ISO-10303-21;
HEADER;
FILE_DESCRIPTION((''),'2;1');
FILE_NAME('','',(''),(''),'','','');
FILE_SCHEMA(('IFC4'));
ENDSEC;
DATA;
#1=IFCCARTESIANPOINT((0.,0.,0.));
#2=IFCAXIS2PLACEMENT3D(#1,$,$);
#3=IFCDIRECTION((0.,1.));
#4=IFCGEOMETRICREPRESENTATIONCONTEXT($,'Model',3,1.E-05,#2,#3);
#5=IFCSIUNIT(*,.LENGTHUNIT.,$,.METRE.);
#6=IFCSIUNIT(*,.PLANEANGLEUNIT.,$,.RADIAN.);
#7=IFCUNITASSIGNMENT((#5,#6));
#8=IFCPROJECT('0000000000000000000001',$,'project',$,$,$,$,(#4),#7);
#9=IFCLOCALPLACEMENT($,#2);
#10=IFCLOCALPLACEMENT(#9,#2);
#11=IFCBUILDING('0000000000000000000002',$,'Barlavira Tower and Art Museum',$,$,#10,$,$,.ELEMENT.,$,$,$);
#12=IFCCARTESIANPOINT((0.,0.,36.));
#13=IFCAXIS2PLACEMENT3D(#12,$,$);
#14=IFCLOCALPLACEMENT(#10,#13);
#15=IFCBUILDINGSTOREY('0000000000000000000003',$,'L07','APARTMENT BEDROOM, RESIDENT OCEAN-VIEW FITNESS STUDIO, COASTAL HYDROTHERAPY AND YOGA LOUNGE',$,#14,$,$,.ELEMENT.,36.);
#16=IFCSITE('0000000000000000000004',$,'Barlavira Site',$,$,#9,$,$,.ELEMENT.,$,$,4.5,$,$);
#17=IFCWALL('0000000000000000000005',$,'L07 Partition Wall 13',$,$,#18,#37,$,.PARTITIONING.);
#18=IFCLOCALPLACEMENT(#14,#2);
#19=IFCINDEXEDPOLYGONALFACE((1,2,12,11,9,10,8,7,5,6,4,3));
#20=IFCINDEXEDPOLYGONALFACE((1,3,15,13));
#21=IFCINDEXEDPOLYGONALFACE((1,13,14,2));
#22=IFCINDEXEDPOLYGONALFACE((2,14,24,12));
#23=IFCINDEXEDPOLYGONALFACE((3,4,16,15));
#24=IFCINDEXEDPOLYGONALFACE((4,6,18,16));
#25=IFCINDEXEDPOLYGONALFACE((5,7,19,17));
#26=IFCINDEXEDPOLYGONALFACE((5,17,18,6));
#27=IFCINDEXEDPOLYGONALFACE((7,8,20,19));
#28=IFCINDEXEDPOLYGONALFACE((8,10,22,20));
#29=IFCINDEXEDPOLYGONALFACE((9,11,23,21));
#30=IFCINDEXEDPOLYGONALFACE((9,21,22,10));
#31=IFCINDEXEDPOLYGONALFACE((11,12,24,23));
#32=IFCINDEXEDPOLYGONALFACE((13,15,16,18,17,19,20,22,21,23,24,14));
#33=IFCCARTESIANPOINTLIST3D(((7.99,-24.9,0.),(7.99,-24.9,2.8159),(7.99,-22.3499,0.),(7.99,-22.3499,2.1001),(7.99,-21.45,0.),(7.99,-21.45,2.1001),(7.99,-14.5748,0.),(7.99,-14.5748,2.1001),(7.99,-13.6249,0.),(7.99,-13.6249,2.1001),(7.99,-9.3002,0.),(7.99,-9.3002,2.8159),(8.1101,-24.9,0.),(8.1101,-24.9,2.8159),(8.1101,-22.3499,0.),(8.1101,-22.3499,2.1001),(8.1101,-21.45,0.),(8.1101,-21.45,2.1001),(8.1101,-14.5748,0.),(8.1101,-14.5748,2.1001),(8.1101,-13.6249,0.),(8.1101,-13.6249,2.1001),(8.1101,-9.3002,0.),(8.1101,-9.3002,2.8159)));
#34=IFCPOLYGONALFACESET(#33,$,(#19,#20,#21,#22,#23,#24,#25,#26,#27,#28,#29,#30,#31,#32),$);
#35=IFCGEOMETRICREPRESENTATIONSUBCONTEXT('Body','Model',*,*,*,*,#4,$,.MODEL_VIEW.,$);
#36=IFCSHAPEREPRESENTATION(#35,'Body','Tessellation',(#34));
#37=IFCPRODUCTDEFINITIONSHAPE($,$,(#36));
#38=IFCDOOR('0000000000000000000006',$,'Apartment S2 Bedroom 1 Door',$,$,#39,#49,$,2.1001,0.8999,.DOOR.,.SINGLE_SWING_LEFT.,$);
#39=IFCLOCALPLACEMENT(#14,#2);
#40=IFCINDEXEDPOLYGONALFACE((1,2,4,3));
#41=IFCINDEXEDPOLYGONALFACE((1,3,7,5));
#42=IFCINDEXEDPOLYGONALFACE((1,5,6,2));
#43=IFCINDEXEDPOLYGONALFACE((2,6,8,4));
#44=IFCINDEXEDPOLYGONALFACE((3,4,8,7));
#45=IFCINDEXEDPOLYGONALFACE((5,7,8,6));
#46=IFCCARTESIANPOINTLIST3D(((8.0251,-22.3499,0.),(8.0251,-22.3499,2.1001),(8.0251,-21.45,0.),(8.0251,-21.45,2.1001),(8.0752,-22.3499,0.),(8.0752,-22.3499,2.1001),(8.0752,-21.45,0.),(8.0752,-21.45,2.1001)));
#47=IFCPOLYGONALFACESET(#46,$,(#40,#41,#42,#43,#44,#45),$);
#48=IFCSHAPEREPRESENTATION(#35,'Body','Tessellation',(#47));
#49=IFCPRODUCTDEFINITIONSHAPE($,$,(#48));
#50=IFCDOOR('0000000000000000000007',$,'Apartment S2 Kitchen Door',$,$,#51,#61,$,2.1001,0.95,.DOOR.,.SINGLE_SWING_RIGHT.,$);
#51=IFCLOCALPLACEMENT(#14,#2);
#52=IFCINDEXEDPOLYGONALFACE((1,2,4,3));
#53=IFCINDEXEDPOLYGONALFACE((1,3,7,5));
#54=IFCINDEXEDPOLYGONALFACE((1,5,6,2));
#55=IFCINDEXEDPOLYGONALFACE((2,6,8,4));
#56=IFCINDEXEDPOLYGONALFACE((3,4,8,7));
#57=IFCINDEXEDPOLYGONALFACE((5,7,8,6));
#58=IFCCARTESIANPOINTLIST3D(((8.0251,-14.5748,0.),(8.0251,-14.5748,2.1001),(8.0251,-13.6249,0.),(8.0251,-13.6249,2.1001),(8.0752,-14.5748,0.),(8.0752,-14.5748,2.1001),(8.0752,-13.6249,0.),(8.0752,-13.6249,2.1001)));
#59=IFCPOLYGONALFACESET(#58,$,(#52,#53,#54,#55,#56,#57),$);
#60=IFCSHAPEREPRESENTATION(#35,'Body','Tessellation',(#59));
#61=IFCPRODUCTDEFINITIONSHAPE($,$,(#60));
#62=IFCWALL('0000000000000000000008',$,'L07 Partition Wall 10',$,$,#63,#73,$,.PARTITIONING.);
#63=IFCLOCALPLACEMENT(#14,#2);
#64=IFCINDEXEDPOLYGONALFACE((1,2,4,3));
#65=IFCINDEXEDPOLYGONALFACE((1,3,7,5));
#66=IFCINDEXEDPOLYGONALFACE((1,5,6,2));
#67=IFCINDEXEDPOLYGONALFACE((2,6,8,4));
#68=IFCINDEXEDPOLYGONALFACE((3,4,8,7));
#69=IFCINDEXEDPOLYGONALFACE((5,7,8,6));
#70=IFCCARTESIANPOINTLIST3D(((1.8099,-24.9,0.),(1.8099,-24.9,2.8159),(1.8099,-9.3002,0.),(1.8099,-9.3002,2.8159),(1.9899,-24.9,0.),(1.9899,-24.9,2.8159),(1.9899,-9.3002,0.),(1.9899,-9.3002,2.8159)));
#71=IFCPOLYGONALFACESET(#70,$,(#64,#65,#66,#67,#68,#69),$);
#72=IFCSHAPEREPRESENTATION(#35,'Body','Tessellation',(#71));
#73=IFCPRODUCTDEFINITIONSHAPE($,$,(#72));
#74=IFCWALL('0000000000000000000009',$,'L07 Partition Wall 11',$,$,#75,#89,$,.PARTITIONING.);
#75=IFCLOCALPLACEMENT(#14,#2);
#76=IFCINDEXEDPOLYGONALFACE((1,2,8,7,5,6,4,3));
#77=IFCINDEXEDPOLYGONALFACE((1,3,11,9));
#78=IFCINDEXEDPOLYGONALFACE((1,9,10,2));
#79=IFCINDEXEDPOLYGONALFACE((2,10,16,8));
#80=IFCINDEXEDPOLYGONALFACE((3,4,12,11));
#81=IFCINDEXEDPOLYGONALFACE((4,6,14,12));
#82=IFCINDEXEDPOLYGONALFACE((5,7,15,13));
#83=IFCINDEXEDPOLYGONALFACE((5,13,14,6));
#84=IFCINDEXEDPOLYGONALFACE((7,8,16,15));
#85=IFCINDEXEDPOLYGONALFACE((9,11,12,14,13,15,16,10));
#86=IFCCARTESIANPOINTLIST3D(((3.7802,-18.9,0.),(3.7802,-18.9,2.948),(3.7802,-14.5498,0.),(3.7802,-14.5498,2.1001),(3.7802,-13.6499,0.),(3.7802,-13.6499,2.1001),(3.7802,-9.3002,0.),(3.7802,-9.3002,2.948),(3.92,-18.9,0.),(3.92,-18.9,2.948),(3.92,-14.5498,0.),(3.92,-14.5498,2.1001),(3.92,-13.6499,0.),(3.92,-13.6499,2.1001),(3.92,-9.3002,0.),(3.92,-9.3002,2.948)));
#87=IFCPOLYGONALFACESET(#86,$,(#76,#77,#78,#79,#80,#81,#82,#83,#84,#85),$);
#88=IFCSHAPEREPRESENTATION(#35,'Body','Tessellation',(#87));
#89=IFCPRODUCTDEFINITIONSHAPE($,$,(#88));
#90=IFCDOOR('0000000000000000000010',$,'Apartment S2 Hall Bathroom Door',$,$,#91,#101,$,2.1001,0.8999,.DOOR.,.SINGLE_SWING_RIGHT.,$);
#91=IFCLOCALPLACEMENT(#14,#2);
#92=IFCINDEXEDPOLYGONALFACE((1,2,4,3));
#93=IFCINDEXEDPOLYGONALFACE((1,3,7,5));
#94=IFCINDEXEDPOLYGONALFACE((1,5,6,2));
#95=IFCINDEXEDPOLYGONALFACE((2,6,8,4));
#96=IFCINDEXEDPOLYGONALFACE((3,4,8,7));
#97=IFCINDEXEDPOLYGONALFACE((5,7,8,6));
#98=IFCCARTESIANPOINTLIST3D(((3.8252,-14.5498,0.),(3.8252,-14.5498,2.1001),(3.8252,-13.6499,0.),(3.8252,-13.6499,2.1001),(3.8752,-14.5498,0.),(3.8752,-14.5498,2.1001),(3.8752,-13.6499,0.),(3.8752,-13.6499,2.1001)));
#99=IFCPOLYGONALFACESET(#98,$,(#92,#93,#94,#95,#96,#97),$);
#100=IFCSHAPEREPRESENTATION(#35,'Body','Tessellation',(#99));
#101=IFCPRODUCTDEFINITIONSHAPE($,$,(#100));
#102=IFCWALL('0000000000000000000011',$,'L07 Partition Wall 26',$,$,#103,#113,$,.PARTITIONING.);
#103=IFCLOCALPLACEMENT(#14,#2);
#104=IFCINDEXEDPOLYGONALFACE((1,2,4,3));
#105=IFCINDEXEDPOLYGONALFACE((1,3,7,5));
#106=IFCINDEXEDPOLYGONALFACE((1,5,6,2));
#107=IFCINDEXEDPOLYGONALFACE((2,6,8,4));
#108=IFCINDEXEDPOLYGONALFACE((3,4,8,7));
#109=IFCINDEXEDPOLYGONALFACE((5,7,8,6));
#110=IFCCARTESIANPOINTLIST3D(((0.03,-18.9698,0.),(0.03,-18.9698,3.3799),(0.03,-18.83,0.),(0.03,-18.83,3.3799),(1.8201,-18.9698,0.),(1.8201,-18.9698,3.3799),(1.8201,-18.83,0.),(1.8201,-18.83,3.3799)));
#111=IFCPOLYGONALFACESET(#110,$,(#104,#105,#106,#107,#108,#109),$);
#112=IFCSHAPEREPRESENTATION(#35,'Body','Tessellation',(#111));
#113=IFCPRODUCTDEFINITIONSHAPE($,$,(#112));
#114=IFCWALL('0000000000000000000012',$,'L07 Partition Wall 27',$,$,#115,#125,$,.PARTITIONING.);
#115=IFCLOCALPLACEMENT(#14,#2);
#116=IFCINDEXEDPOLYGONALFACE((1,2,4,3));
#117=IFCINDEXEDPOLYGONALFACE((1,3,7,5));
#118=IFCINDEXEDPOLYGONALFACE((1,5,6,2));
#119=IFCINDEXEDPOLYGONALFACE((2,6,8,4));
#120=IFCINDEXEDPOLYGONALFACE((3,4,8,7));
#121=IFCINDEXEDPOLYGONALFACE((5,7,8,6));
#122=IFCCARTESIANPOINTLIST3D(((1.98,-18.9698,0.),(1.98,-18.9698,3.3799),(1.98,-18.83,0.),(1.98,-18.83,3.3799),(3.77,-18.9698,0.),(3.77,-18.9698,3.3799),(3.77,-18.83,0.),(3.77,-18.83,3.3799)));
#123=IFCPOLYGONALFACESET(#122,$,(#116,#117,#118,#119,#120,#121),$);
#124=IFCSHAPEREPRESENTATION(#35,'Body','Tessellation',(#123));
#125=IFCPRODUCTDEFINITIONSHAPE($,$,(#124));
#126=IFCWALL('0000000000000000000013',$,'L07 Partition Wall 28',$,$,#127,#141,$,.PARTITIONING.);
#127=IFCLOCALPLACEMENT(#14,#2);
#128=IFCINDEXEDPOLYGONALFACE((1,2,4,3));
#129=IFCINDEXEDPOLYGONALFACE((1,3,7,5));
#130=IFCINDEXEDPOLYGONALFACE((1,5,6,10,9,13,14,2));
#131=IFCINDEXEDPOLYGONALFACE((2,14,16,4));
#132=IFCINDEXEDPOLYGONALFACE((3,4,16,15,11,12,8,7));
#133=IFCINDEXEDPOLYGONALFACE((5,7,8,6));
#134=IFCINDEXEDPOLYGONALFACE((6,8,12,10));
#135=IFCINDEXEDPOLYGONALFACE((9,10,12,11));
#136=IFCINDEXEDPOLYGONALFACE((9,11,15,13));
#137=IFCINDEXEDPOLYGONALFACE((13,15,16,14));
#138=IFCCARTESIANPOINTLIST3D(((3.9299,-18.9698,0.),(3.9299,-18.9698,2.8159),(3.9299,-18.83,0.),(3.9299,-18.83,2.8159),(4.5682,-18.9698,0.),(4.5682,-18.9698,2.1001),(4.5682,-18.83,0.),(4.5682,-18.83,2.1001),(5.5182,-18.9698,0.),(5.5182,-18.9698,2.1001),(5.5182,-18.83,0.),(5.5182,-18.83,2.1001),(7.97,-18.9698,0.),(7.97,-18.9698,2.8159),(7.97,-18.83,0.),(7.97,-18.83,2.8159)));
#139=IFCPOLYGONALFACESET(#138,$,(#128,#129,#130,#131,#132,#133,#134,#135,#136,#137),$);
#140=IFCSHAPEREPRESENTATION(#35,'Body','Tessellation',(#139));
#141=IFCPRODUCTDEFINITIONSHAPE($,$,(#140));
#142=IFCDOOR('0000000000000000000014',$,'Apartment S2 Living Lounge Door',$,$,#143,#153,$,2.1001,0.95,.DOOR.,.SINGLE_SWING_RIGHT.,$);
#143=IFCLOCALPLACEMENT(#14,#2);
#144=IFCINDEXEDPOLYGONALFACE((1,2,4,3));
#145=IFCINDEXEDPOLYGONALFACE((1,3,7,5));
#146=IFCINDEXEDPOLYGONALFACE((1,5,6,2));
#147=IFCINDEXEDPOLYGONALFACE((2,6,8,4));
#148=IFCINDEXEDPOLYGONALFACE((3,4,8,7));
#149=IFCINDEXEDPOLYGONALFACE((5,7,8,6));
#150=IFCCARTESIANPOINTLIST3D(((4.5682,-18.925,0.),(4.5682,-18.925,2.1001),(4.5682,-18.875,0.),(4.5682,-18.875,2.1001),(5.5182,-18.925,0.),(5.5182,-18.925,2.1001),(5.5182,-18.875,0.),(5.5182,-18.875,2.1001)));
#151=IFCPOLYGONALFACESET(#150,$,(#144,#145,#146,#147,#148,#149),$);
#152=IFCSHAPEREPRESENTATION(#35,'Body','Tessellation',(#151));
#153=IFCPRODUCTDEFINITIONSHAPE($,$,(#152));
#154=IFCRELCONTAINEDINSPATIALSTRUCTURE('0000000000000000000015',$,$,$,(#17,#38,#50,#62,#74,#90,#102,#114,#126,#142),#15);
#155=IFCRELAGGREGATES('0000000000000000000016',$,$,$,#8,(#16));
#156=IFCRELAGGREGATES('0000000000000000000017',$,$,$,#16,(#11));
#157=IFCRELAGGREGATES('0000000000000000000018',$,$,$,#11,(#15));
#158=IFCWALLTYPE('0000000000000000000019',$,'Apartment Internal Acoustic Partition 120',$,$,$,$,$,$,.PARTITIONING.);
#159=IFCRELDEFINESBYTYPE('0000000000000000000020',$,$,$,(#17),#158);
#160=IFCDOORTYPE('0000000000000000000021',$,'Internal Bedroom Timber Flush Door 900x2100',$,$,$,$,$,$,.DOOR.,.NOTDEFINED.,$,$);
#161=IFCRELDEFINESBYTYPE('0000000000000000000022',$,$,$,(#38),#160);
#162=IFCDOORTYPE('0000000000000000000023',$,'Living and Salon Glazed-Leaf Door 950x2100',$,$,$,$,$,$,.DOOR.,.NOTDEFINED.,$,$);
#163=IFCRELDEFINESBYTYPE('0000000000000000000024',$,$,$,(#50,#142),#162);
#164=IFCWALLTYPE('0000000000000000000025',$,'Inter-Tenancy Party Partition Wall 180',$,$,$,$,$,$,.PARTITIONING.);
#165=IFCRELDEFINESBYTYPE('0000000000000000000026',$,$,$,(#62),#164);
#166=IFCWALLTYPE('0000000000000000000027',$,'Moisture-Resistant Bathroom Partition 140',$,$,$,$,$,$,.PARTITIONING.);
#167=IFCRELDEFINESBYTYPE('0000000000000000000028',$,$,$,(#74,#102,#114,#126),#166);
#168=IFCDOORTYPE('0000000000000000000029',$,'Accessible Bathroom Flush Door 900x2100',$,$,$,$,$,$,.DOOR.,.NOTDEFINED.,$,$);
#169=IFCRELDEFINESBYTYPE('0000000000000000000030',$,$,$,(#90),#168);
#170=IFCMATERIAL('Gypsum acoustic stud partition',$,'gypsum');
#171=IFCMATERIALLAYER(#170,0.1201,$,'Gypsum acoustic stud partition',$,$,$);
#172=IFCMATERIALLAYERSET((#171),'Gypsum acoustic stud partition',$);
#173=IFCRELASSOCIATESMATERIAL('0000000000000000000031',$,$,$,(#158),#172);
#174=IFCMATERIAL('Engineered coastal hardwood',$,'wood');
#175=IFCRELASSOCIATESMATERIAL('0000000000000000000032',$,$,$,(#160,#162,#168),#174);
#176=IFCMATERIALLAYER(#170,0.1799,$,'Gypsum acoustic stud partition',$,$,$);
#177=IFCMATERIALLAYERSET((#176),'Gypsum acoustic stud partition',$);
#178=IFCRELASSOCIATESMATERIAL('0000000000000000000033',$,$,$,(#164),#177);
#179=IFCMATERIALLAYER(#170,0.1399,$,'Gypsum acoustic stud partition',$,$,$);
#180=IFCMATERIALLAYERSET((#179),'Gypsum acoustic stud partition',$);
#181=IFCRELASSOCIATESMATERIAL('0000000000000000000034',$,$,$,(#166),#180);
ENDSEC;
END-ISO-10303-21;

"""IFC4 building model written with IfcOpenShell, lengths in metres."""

from ifc_helpers import new_model, si_unit, direction, frame, frame_2d, origin, place, context, subcontext, project, spatial, rectangle, extrude, material, layer, layer_set, type_object, element, fill, save


model = new_model("IFC4")

# Units and contexts
model_context = context("Model", 3, precision=1e-05, world=origin(), true_north=direction((0.0, 1.0)))
body_context = subcontext(model_context, "Body", "Model", "MODEL_VIEW")
ifc_project = project(units=[si_unit("LENGTHUNIT", "METRE"), si_unit("PLANEANGLEUNIT", "RADIAN")], contexts=[model_context])

# Site, building, storey
site_placement = place(None, origin())
site = spatial("IfcSite", under=ifc_project, at=site_placement, Name="Barlavira Site", CompositionType="ELEMENT", RefElevation=4.5)
building_placement = place(site_placement, origin())
building = spatial("IfcBuilding", under=site, at=building_placement, Name="Barlavira Tower and Art Museum", CompositionType="ELEMENT")
storey_placement = place(building_placement, frame((0.0, 0.0, 36.0)))
storey = spatial("IfcBuildingStorey", under=building, at=storey_placement, Name="L07", Description="APARTMENT BEDROOM, RESIDENT OCEAN-VIEW FITNESS STUDIO, COASTAL HYDROTHERAPY AND YOGA LOUNGE", CompositionType="ELEMENT", Elevation=36.0)

# Wall, openings, doors
ifc_material_1 = material(Name="Gypsum acoustic stud partition", Category="gypsum")
ifc_layer_1 = layer(ifc_material_1, 0.1201, Name="Gypsum acoustic stud partition")
ifc_layer_set_1 = layer_set([ifc_layer_1], Name="Gypsum acoustic stud partition")
wall_type_1 = type_object("IfcWallType", Name="Apartment Internal Acoustic Partition 120", PredefinedType="PARTITIONING", material=ifc_layer_set_1)
wall_1_placement = place(storey_placement, frame((8.05, -24.8999, 0.0), z_axis=(0.0, 0.0, 1.0), x_axis=(0.0, 1.0, 0.0)))
wall_1 = element("IfcWall", 1, at=wall_1_placement, inside=storey, type_object=wall_type_1, Name="L07 Partition Wall 13", PredefinedType="PARTITIONING", context=body_context, shape_type="SweptSolid", body=[
    extrude(rectangle(XDim=15.5999, YDim=0.1201, at=frame_2d((7.7998, 0.0))), origin(), (0.0, 0.0, 1.0), 2.8159),
])
opening_1_placement = place(wall_1_placement, frame((10.325, 0.0, 0.0)))
opening_1 = element("IfcOpeningElement", 2, at=opening_1_placement, cuts=wall_1, PredefinedType="OPENING", context=body_context, shape_type="SweptSolid", body=[
    extrude(rectangle(XDim=0.95, YDim=2.1001, at=frame_2d((0.4751, 1.05))), frame((0.0, 0.0701, 0.0), z_axis=(0.0, -1.0, 0.0), x_axis=(1.0, 0.0, 0.0)), (0.0, 0.0, 1.0), 0.1401),
])
opening_2_placement = place(wall_1_placement, frame((2.55, 0.0, 0.0)))
opening_2 = element("IfcOpeningElement", 3, at=opening_2_placement, cuts=wall_1, PredefinedType="OPENING", context=body_context, shape_type="SweptSolid", body=[
    extrude(rectangle(XDim=0.8999, YDim=2.1001, at=frame_2d((0.45, 1.05))), frame((0.0, 0.0701, 0.0), z_axis=(0.0, -1.0, 0.0), x_axis=(1.0, 0.0, 0.0)), (0.0, 0.0, 1.0), 0.1401),
])
ifc_material_2 = material(Name="Engineered coastal hardwood", Category="wood")
door_type_1 = type_object("IfcDoorType", Name="Internal Bedroom Timber Flush Door 900x2100", OperationType="NOTDEFINED", PredefinedType="DOOR", material=ifc_material_2)
door_1_placement = place(opening_2_placement, origin())
door_1 = element("IfcDoor", 4, at=door_1_placement, inside=storey, type_object=door_type_1, Name="Apartment S2 Bedroom 1 Door", OperationType="SINGLE_SWING_LEFT", OverallHeight=2.1001, OverallWidth=0.8999, PredefinedType="DOOR", context=body_context, shape_type="SweptSolid", body=[
    extrude(rectangle(XDim=0.8999, YDim=2.1001, at=frame_2d((0.45, 1.05))), frame((0.0, 0.0249, 0.0), z_axis=(0.0, -1.0, 0.0), x_axis=(1.0, 0.0, 0.0)), (0.0, 0.0, 1.0), 0.05),
])
fill(opening_2, door_1)
door_type_2 = type_object("IfcDoorType", Name="Living and Salon Glazed-Leaf Door 950x2100", OperationType="NOTDEFINED", PredefinedType="DOOR", material=ifc_material_2)
door_2_placement = place(opening_1_placement, origin())
door_2 = element("IfcDoor", 5, at=door_2_placement, inside=storey, type_object=door_type_2, Name="Apartment S2 Kitchen Door", OperationType="SINGLE_SWING_RIGHT", OverallHeight=2.1001, OverallWidth=0.95, PredefinedType="DOOR", context=body_context, shape_type="SweptSolid", body=[
    extrude(rectangle(XDim=0.95, YDim=2.1001, at=frame_2d((0.4751, 1.05))), frame((0.0, 0.0249, 0.0), z_axis=(0.0, -1.0, 0.0), x_axis=(1.0, 0.0, 0.0)), (0.0, 0.0, 1.0), 0.05),
])
fill(opening_1, door_2)

# Wall
ifc_layer_2 = layer(ifc_material_1, 0.1799, Name="Gypsum acoustic stud partition")
ifc_layer_set_2 = layer_set([ifc_layer_2], Name="Gypsum acoustic stud partition")
wall_type_2 = type_object("IfcWallType", Name="Inter-Tenancy Party Partition Wall 180", PredefinedType="PARTITIONING", material=ifc_layer_set_2)
wall_2_placement = place(storey_placement, frame((1.8999, -24.8999, 0.0), z_axis=(0.0, 0.0, 1.0), x_axis=(0.0, 1.0, 0.0)))
element("IfcWall", 6, at=wall_2_placement, inside=storey, type_object=wall_type_2, Name="L07 Partition Wall 10", PredefinedType="PARTITIONING", context=body_context, shape_type="SweptSolid", body=[
    extrude(rectangle(XDim=15.5999, YDim=0.1799, at=frame_2d((7.7998, 0.0))), origin(), (0.0, 0.0, 1.0), 2.8159),
])

# Wall, opening, door
ifc_layer_3 = layer(ifc_material_1, 0.1399, Name="Gypsum acoustic stud partition")
ifc_layer_set_3 = layer_set([ifc_layer_3], Name="Gypsum acoustic stud partition")
wall_type_3 = type_object("IfcWallType", Name="Moisture-Resistant Bathroom Partition 140", PredefinedType="PARTITIONING", material=ifc_layer_set_3)
wall_3_placement = place(storey_placement, frame((3.8501, -18.8999, 0.0), z_axis=(0.0, 0.0, 1.0), x_axis=(0.0, 1.0, 0.0)))
wall_3 = element("IfcWall", 7, at=wall_3_placement, inside=storey, type_object=wall_type_3, Name="L07 Partition Wall 11", PredefinedType="PARTITIONING", context=body_context, shape_type="SweptSolid", body=[
    extrude(rectangle(XDim=9.5999, YDim=0.1399, at=frame_2d((4.7998, 0.0))), origin(), (0.0, 0.0, 1.0), 2.948),
])
opening_3_placement = place(wall_3_placement, frame((4.3501, 0.0, 0.0)))
opening_3 = element("IfcOpeningElement", 8, at=opening_3_placement, cuts=wall_3, PredefinedType="OPENING", context=body_context, shape_type="SweptSolid", body=[
    extrude(rectangle(XDim=0.8999, YDim=2.1001, at=frame_2d((0.45, 1.05))), frame((0.0, 0.0801, 0.0), z_axis=(0.0, -1.0, 0.0), x_axis=(1.0, 0.0, 0.0)), (0.0, 0.0, 1.0), 0.1599),
])
door_type_3 = type_object("IfcDoorType", Name="Accessible Bathroom Flush Door 900x2100", OperationType="NOTDEFINED", PredefinedType="DOOR", material=ifc_material_2)
door_3_placement = place(opening_3_placement, origin())
door_3 = element("IfcDoor", 9, at=door_3_placement, inside=storey, type_object=door_type_3, Name="Apartment S2 Hall Bathroom Door", OperationType="SINGLE_SWING_RIGHT", OverallHeight=2.1001, OverallWidth=0.8999, PredefinedType="DOOR", context=body_context, shape_type="SweptSolid", body=[
    extrude(rectangle(XDim=0.8999, YDim=2.1001, at=frame_2d((0.45, 1.05))), frame((0.0, 0.0249, 0.0), z_axis=(0.0, -1.0, 0.0), x_axis=(1.0, 0.0, 0.0)), (0.0, 0.0, 1.0), 0.05),
])
fill(opening_3, door_3)

# Walls
for number, where, z_axis, x_axis, name in (
    (10, (0.03, -18.8999, 0.0), (0.0, 0.0, 1.0), (1.0, 0.0, 0.0), "L07 Partition Wall 26"),
    (11, (1.98, -18.8999, 0.0), (0.0, 0.0, 1.0), (1.0, 0.0, 0.0), "L07 Partition Wall 27"),
):
    element("IfcWall", number, at=place(storey_placement, frame(where, z_axis=z_axis, x_axis=x_axis)), inside=storey, type_object=wall_type_3, Name=name, PredefinedType="PARTITIONING", context=body_context, shape_type="SweptSolid", body=[
        extrude(rectangle(XDim=1.79, YDim=0.1399, at=frame_2d((0.895, 0.0))), origin(), (0.0, 0.0, 1.0), 3.3799),
    ])

# Wall, opening, door
wall_4_placement = place(storey_placement, frame((3.9299, -18.8999, 0.0), z_axis=(0.0, 0.0, 1.0), x_axis=(1.0, 0.0, 0.0)))
wall_4 = element("IfcWall", 12, at=wall_4_placement, inside=storey, type_object=wall_type_3, Name="L07 Partition Wall 28", PredefinedType="PARTITIONING", context=body_context, shape_type="SweptSolid", body=[
    extrude(rectangle(XDim=4.04, YDim=0.1399, at=frame_2d((2.02, 0.0))), origin(), (0.0, 0.0, 1.0), 2.8159),
])
opening_4_placement = place(wall_4_placement, frame((0.6382, 0.0, 0.0)))
opening_4 = element("IfcOpeningElement", 13, at=opening_4_placement, cuts=wall_4, PredefinedType="OPENING", context=body_context, shape_type="SweptSolid", body=[
    extrude(rectangle(XDim=0.95, YDim=2.1001, at=frame_2d((0.4751, 1.05))), frame((0.0, 0.0801, 0.0), z_axis=(0.0, -1.0, 0.0), x_axis=(1.0, 0.0, 0.0)), (0.0, 0.0, 1.0), 0.1599),
])
door_4_placement = place(opening_4_placement, origin())
door_4 = element("IfcDoor", 14, at=door_4_placement, inside=storey, type_object=door_type_2, Name="Apartment S2 Living Lounge Door", OperationType="SINGLE_SWING_RIGHT", OverallHeight=2.1001, OverallWidth=0.95, PredefinedType="DOOR", context=body_context, shape_type="SweptSolid", body=[
    extrude(rectangle(XDim=0.95, YDim=2.1001, at=frame_2d((0.4751, 1.05))), frame((0.0, 0.0249, 0.0), z_axis=(0.0, -1.0, 0.0), x_axis=(1.0, 0.0, 0.0)), (0.0, 0.0, 1.0), 0.05),
])
fill(opening_4, door_4)

save(model, "model.ifc")
